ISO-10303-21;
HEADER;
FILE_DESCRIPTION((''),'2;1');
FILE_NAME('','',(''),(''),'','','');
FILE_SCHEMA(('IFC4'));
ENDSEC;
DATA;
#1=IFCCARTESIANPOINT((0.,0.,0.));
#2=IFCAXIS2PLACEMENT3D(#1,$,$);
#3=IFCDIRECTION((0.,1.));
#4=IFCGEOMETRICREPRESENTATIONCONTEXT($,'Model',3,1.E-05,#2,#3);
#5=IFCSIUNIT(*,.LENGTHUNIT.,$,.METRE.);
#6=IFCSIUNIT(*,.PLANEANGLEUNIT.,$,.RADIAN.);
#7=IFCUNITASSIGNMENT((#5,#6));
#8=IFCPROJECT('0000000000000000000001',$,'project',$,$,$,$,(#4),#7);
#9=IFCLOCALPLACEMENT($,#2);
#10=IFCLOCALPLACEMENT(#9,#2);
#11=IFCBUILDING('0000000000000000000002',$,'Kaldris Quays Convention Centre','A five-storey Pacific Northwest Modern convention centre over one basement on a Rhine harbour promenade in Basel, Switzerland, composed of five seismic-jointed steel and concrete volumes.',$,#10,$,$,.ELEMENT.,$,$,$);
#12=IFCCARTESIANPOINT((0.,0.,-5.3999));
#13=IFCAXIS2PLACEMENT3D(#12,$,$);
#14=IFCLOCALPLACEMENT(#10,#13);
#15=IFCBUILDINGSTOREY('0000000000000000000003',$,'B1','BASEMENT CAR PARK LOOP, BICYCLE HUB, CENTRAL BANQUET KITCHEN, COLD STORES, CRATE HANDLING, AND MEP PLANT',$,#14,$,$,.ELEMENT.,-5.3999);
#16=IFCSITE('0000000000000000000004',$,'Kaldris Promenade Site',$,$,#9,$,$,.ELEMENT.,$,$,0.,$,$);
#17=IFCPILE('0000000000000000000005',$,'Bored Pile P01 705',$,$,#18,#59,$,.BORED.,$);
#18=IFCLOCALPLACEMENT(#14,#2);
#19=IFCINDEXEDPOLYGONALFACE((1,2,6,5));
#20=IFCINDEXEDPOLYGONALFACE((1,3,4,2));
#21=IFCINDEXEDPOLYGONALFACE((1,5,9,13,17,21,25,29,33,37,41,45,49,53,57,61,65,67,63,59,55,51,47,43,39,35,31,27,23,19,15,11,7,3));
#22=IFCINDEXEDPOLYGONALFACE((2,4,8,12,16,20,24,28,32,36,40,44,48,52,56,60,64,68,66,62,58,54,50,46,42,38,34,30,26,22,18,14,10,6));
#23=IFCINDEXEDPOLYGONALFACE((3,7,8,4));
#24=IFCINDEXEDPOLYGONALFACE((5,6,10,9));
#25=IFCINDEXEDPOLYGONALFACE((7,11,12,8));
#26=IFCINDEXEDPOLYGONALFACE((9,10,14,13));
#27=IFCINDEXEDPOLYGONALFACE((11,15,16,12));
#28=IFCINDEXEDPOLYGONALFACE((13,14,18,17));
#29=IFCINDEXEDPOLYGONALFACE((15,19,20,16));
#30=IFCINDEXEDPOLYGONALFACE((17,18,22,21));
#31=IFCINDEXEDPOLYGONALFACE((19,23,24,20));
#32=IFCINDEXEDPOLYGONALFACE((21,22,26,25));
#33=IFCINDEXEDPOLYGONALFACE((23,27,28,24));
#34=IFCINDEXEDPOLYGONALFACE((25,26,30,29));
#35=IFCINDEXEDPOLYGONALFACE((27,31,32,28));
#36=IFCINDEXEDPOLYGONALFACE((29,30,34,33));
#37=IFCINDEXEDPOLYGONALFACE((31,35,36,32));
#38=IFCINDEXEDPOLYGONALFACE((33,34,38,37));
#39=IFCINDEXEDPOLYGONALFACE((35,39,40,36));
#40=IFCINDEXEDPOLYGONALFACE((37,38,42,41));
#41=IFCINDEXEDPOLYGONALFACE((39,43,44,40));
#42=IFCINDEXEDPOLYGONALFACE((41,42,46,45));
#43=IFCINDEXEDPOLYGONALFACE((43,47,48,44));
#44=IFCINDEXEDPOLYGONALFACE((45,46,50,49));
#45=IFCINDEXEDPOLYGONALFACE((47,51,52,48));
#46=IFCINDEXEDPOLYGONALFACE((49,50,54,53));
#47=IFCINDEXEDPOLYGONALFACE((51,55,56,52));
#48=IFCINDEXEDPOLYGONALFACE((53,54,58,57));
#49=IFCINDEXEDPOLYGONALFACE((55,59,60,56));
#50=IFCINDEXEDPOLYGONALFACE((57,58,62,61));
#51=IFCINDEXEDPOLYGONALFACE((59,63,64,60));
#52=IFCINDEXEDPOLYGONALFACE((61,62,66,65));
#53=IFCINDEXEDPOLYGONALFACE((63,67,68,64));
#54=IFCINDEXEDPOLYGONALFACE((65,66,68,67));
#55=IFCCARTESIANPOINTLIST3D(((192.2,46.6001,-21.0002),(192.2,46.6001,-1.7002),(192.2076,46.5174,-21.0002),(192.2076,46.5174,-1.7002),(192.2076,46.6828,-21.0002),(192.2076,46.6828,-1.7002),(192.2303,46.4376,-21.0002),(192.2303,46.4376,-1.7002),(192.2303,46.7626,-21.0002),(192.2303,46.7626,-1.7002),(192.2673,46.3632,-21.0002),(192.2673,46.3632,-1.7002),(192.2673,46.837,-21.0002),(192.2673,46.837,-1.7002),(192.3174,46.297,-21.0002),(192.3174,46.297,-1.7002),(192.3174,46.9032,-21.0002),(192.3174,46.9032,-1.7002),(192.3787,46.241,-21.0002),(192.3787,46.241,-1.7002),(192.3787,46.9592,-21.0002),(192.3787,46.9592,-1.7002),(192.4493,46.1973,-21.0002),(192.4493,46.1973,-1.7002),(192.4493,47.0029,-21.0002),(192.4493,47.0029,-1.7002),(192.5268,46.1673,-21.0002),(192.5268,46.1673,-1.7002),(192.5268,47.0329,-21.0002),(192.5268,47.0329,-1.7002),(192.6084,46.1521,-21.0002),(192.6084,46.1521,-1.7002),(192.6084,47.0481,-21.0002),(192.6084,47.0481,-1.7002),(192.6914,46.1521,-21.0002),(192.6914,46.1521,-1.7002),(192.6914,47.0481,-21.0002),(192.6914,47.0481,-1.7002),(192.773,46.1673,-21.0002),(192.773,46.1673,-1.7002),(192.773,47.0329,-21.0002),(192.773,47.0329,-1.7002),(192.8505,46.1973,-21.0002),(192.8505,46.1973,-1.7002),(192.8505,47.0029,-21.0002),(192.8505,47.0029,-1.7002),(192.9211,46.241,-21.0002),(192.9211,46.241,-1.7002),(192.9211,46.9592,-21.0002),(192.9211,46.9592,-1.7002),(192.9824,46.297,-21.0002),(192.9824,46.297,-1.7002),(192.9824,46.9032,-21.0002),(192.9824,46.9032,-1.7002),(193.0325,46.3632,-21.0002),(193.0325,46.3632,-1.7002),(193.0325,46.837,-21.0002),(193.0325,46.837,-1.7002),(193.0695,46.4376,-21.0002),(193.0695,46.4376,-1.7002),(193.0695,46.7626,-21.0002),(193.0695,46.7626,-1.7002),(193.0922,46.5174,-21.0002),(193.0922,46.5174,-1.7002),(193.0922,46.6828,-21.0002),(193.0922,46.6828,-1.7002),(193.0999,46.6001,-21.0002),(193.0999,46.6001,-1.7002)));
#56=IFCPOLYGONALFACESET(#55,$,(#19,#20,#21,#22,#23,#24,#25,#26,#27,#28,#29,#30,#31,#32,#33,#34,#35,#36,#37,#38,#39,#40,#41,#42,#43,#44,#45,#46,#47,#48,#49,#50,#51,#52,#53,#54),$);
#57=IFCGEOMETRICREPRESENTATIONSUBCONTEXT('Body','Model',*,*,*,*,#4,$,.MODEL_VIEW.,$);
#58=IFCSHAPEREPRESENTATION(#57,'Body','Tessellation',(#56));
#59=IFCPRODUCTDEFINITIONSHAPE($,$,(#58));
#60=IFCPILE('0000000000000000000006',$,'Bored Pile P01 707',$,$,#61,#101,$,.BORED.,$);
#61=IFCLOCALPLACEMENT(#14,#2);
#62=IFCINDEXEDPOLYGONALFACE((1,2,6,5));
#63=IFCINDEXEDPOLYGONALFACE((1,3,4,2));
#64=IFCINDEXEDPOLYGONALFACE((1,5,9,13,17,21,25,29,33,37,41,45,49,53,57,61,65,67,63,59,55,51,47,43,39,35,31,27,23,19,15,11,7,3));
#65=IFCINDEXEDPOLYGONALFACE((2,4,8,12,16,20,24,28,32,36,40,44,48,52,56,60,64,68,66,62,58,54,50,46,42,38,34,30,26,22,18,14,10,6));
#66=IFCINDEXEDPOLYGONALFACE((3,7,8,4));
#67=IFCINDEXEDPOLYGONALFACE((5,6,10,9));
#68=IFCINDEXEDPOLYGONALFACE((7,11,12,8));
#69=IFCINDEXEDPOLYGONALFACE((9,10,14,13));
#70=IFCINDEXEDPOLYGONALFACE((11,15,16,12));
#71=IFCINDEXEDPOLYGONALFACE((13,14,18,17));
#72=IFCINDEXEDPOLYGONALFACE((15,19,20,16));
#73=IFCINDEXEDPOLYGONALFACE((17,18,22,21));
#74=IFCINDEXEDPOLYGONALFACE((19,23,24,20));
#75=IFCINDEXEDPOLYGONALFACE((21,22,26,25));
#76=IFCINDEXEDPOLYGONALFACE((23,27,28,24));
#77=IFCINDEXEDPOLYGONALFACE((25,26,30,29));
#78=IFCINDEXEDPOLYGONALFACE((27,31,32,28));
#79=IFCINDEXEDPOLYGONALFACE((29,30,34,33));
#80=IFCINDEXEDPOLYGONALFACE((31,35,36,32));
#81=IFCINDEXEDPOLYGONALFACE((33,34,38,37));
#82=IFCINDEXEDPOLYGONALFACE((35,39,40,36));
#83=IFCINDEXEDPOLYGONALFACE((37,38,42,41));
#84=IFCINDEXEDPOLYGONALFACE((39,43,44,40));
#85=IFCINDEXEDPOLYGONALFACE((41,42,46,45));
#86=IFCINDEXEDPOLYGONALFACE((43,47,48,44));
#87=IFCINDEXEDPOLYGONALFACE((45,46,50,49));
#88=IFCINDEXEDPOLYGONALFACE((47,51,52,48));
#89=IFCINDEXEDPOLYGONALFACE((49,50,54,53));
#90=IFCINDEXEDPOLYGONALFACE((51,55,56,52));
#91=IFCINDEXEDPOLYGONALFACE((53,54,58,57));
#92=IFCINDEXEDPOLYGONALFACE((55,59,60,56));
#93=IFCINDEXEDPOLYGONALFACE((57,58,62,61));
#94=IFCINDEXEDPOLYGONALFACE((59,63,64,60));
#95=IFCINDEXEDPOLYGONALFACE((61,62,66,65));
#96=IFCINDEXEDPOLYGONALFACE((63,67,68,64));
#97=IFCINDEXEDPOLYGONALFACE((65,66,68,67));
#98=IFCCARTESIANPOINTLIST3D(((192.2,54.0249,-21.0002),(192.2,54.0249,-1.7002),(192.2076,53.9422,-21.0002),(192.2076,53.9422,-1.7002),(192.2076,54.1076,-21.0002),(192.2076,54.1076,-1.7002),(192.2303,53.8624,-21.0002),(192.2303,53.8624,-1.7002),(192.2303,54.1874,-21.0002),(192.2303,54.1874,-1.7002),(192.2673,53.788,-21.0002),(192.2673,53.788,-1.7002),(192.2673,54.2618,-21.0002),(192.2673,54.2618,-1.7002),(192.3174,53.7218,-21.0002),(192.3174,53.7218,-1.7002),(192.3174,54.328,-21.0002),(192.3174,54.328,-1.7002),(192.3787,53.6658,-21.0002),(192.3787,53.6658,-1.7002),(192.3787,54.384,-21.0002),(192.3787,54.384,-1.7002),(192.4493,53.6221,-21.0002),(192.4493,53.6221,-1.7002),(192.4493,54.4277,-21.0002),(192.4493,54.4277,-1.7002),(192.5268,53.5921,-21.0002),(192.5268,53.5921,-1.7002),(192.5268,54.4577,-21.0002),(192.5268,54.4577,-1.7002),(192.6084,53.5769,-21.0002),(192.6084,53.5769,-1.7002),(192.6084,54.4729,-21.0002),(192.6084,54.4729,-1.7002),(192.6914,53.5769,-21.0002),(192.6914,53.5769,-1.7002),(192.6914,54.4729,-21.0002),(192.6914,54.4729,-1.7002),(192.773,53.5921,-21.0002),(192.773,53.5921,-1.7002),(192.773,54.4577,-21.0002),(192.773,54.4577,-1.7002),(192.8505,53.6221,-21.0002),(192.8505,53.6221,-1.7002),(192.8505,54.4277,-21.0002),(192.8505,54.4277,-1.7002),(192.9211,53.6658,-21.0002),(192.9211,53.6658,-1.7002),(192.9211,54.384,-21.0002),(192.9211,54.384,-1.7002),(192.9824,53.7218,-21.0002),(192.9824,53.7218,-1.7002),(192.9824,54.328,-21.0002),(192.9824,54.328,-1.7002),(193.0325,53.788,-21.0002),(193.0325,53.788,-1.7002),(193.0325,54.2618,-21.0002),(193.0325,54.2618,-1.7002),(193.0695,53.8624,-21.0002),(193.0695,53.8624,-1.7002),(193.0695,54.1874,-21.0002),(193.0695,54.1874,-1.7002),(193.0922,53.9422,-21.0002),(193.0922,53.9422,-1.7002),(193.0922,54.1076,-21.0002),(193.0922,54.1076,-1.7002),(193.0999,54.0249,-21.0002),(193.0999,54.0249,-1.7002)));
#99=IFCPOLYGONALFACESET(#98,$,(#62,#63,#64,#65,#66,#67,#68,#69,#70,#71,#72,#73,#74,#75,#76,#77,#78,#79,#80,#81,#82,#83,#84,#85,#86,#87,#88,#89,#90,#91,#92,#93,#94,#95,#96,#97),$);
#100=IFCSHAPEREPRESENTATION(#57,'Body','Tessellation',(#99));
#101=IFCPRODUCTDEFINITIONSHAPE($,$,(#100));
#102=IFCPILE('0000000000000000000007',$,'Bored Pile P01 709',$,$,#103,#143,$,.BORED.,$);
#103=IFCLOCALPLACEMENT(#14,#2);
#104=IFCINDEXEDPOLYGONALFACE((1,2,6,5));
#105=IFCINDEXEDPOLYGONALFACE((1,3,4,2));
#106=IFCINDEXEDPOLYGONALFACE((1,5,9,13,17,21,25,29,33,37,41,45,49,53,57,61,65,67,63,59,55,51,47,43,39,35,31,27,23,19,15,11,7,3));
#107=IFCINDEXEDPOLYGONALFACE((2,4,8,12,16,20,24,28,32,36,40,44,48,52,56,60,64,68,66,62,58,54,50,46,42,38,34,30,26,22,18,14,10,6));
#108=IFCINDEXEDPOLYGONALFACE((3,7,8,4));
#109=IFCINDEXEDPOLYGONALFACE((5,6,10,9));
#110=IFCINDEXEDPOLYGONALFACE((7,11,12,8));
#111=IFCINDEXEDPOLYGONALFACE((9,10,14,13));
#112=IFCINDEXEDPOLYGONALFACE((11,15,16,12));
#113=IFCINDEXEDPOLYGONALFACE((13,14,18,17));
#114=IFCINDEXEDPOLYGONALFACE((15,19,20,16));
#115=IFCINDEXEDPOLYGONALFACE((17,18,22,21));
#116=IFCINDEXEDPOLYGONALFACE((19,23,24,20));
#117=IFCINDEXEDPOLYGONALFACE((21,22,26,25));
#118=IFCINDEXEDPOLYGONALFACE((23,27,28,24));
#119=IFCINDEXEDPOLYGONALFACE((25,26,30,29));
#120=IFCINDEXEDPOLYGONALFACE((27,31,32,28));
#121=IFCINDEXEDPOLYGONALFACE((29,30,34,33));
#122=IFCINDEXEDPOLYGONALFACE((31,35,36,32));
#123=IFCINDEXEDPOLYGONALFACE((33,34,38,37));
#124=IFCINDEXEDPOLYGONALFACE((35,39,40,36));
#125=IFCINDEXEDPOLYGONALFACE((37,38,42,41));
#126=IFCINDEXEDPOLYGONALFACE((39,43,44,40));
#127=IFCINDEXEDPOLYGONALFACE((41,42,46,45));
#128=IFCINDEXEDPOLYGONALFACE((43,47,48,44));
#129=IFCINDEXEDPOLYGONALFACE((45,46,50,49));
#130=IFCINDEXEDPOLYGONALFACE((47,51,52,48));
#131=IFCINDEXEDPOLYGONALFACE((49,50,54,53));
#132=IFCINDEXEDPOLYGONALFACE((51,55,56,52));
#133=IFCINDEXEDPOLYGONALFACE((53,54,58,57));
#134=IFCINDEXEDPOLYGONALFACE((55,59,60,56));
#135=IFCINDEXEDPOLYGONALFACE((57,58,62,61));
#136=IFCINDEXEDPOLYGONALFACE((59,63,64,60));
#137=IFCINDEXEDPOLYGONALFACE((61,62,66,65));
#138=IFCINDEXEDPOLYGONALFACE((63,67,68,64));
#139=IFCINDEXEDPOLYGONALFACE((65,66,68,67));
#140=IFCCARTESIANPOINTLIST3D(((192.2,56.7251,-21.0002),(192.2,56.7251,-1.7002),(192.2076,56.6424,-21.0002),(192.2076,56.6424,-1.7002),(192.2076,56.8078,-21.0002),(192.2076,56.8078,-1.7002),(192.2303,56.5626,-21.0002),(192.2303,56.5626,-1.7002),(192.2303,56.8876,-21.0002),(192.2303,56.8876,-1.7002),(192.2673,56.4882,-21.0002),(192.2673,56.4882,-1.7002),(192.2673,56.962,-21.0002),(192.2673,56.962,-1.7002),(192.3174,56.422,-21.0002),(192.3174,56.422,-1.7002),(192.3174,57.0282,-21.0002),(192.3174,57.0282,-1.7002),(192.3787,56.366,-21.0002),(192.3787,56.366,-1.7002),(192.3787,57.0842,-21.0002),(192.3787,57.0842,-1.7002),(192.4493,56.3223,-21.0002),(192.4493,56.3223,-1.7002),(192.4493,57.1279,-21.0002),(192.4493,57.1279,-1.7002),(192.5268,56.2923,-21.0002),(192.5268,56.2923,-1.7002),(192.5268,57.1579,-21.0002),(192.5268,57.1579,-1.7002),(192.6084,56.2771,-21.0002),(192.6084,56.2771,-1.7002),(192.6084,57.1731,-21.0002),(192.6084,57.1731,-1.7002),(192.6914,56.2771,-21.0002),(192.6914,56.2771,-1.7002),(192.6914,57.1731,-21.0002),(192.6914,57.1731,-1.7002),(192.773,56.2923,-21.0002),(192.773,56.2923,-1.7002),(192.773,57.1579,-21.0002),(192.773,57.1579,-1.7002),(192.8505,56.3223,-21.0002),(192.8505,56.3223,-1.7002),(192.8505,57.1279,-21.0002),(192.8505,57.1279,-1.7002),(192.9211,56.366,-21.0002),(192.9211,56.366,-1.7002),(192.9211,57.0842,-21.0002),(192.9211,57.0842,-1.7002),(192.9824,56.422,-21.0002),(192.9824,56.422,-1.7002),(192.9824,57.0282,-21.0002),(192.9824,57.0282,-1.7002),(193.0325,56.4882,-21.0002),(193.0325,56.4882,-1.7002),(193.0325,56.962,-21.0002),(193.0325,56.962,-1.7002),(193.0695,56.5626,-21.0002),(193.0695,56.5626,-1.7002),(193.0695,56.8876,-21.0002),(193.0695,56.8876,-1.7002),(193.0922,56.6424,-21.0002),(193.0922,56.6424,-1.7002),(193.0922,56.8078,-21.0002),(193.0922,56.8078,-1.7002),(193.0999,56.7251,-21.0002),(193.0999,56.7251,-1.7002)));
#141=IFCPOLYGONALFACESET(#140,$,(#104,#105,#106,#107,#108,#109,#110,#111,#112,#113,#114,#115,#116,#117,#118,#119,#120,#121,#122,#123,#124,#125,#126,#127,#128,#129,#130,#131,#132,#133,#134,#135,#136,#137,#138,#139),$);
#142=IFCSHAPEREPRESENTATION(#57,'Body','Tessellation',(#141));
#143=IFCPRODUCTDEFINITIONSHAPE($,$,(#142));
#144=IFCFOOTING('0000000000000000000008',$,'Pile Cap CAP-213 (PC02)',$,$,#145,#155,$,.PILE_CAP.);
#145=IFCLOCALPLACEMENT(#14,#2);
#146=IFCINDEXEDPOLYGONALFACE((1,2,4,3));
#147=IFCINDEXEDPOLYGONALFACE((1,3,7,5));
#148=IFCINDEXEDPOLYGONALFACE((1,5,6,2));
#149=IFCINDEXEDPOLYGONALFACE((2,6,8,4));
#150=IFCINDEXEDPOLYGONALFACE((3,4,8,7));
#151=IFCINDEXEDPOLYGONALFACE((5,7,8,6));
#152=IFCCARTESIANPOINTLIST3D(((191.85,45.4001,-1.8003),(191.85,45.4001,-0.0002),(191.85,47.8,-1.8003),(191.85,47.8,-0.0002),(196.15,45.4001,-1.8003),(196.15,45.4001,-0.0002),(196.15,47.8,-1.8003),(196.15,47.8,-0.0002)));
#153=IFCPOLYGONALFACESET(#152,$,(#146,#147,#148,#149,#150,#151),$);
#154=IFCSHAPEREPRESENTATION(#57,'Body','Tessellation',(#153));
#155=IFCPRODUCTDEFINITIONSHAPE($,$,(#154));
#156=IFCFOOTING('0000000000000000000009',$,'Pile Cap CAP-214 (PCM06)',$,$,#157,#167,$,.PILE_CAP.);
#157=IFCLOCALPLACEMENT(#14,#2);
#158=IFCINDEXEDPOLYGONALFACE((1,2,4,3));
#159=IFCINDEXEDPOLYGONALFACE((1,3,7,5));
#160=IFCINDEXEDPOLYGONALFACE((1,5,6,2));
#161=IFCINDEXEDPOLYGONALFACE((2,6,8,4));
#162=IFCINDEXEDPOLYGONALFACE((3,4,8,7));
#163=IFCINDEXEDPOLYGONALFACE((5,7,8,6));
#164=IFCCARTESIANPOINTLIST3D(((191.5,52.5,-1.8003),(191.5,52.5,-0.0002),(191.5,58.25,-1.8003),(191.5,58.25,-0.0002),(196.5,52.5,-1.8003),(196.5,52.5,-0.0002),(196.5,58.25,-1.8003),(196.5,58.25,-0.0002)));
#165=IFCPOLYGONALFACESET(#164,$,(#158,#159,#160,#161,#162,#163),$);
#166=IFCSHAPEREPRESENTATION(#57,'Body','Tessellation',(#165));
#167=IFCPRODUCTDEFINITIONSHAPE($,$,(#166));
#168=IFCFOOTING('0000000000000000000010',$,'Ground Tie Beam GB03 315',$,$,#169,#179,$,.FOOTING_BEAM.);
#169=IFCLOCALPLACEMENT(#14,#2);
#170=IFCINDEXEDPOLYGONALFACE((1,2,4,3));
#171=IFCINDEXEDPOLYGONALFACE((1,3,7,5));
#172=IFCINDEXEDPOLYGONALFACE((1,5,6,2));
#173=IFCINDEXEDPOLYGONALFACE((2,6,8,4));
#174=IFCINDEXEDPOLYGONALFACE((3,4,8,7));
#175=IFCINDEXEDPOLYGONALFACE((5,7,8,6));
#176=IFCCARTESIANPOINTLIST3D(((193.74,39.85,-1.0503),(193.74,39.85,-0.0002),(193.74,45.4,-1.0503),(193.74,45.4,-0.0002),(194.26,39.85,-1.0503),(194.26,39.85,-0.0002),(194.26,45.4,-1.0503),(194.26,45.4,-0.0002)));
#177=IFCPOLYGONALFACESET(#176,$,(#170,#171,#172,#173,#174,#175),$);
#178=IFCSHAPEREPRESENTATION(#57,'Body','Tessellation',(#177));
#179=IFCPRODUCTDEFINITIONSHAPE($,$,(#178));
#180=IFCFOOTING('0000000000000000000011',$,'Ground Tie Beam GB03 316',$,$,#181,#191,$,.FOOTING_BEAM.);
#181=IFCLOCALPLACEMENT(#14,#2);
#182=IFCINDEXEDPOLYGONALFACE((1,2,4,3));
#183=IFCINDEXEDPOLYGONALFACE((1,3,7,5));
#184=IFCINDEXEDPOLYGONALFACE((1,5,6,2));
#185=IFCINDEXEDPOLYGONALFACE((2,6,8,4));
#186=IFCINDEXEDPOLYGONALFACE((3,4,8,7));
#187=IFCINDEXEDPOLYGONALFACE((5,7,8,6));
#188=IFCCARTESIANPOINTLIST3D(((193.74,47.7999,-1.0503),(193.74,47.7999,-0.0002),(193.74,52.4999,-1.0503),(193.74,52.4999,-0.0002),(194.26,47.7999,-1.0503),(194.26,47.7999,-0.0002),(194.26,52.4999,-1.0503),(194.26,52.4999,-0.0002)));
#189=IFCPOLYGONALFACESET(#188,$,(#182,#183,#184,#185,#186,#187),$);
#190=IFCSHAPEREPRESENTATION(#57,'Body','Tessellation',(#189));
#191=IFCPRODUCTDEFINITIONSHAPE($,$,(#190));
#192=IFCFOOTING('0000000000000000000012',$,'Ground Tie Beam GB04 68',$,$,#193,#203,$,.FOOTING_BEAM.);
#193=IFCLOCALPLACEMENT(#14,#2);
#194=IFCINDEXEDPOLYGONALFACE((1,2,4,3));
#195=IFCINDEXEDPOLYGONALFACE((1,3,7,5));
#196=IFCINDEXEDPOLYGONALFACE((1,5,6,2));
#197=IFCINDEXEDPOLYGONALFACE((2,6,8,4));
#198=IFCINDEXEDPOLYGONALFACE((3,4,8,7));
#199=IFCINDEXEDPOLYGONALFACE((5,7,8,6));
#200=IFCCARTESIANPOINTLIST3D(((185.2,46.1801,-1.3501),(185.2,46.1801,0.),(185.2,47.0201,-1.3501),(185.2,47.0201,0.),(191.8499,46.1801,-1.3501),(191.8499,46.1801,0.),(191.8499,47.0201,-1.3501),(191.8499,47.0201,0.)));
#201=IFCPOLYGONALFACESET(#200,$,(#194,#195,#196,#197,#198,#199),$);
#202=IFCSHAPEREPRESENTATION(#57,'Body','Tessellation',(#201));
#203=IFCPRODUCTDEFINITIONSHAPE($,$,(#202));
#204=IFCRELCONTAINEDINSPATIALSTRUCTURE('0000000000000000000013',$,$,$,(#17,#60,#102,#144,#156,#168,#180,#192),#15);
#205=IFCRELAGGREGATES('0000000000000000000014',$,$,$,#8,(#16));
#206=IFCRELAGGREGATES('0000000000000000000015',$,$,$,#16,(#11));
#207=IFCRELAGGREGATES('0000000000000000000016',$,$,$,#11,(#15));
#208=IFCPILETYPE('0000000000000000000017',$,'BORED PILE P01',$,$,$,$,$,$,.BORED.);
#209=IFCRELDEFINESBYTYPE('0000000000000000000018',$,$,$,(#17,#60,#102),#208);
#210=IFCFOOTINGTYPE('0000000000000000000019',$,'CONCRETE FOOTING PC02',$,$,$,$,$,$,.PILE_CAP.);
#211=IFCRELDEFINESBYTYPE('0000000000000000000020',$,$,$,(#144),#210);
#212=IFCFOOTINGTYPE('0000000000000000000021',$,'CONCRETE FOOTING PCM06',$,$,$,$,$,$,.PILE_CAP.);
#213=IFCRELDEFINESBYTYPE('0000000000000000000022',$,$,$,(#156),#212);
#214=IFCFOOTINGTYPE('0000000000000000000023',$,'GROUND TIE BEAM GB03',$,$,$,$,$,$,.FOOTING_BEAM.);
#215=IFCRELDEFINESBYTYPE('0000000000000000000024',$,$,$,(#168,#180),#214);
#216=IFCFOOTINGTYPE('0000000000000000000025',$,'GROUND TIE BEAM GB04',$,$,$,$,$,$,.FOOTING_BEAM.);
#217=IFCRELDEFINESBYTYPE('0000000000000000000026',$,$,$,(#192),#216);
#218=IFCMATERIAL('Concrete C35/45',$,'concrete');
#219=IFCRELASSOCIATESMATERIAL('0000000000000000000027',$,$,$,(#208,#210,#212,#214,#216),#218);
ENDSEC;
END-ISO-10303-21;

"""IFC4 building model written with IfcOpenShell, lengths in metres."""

from ifc_helpers import new_model, si_unit, direction, frame, origin, origin_2d, place, context, subcontext, project, spatial, rectangle, circle, extrude, material, material_profile, profile_set, type_object, element, save


model = new_model("IFC4")

# Units and contexts
model_context = context("Model", 3, precision=1e-05, world=origin(), true_north=direction((0.0, 1.0)))
body_context = subcontext(model_context, "Body", "Model", "MODEL_VIEW")
ifc_project = project(units=[si_unit("LENGTHUNIT", "METRE"), si_unit("PLANEANGLEUNIT", "RADIAN")], contexts=[model_context])

# Site, building, storey
site_placement = place(None, origin())
site = spatial("IfcSite", under=ifc_project, at=site_placement, Name="Kaldris Promenade Site", CompositionType="ELEMENT", RefElevation=0.0)
building_placement = place(site_placement, origin())
building = spatial("IfcBuilding", under=site, at=building_placement, Name="Kaldris Quays Convention Centre", Description="A five-storey Pacific Northwest Modern convention centre over one basement on a Rhine harbour promenade in Basel, Switzerland, composed of five seismic-jointed steel and concrete volumes.", CompositionType="ELEMENT")
storey_placement = place(building_placement, frame((0.0, 0.0, -5.3999)))
storey = spatial("IfcBuildingStorey", under=building, at=storey_placement, Name="B1", Description="BASEMENT CAR PARK LOOP, BICYCLE HUB, CENTRAL BANQUET KITCHEN, COLD STORES, CRATE HANDLING, AND MEP PLANT", CompositionType="ELEMENT", Elevation=-5.3999)

# Piles
ifc_material_1 = material(Name="Concrete C35/45", Category="concrete")
ifc_material_profile_1 = material_profile(ifc_material_1, circle(Radius=0.45, at=origin_2d()), Name="BORED PILE D900")
ifc_profile_set_1 = profile_set([ifc_material_profile_1], Name="Concrete C35/45")
pile_type = type_object("IfcPileType", Name="BORED PILE P01", PredefinedType="BORED", material=ifc_profile_set_1)
for number, where, z_axis, x_axis, name in (
    (1, (192.6499, 46.6001, -1.7002), (0.0, 0.0, -1.0), (1.0, 0.0, 0.0), "Bored Pile P01 705"),
    (2, (192.6499, 54.0249, -1.7002), (0.0, 0.0, -1.0), (1.0, 0.0, 0.0), "Bored Pile P01 707"),
    (3, (192.6499, 56.7251, -1.7002), (0.0, 0.0, -1.0), (1.0, 0.0, 0.0), "Bored Pile P01 709"),
):
    element("IfcPile", number, at=place(storey_placement, frame(where, z_axis=z_axis, x_axis=x_axis)), inside=storey, type_object=pile_type, Name=name, PredefinedType="BORED", context=body_context, shape_type="SweptSolid", body=[
        extrude(circle(Radius=0.45, at=origin_2d()), origin(), (0.0, 0.0, 1.0), 19.3),
    ])

# Footings
footing_type_1 = type_object("IfcFootingType", Name="CONCRETE FOOTING PC02", PredefinedType="PILE_CAP", material=ifc_material_1)
footing_1_placement = place(storey_placement, frame((194.0, 46.6001, -1.8003), z_axis=(0.0, 0.0, 1.0), x_axis=(1.0, 0.0, 0.0)))
element("IfcFooting", 4, at=footing_1_placement, inside=storey, type_object=footing_type_1, Name="Pile Cap CAP-213 (PC02)", PredefinedType="PILE_CAP", context=body_context, shape_type="SweptSolid", body=[
    extrude(rectangle(XDim=4.3, YDim=2.3999, at=origin_2d()), origin(), (0.0, 0.0, 1.0), 1.8),
])
footing_type_2 = type_object("IfcFootingType", Name="CONCRETE FOOTING PCM06", PredefinedType="PILE_CAP", material=ifc_material_1)
footing_2_placement = place(storey_placement, frame((194.0, 55.375, -1.8003), z_axis=(0.0, 0.0, 1.0), x_axis=(1.0, 0.0, 0.0)))
element("IfcFooting", 5, at=footing_2_placement, inside=storey, type_object=footing_type_2, Name="Pile Cap CAP-214 (PCM06)", PredefinedType="PILE_CAP", context=body_context, shape_type="SweptSolid", body=[
    extrude(rectangle(XDim=5.0, YDim=5.75, at=origin_2d()), origin(), (0.0, 0.0, 1.0), 1.8),
])
footing_type_3 = type_object("IfcFootingType", Name="GROUND TIE BEAM GB03", PredefinedType="FOOTING_BEAM", material=ifc_material_1)
footing_3_placement = place(storey_placement, frame((194.0, 42.625, -1.0503), z_axis=(0.0, 0.0, 1.0), x_axis=(1.0, 0.0, 0.0)))
element("IfcFooting", 6, at=footing_3_placement, inside=storey, type_object=footing_type_3, Name="Ground Tie Beam GB03 315", PredefinedType="FOOTING_BEAM", context=body_context, shape_type="SweptSolid", body=[
    extrude(rectangle(XDim=0.52, YDim=5.55, at=origin_2d()), origin(), (0.0, 0.0, 1.0), 1.05),
])
footing_4_placement = place(storey_placement, frame((194.0, 50.1499, -1.0503), z_axis=(0.0, 0.0, 1.0), x_axis=(1.0, 0.0, 0.0)))
element("IfcFooting", 7, at=footing_4_placement, inside=storey, type_object=footing_type_3, Name="Ground Tie Beam GB03 316", PredefinedType="FOOTING_BEAM", context=body_context, shape_type="SweptSolid", body=[
    extrude(rectangle(XDim=0.52, YDim=4.7, at=origin_2d()), origin(), (0.0, 0.0, 1.0), 1.05),
])
footing_type_4 = type_object("IfcFootingType", Name="GROUND TIE BEAM GB04", PredefinedType="FOOTING_BEAM", material=ifc_material_1)
footing_5_placement = place(storey_placement, frame((188.5249, 46.6001, -1.3501), z_axis=(0.0, 0.0, 1.0), x_axis=(1.0, 0.0, 0.0)))
element("IfcFooting", 8, at=footing_5_placement, inside=storey, type_object=footing_type_4, Name="Ground Tie Beam GB04 68", PredefinedType="FOOTING_BEAM", context=body_context, shape_type="SweptSolid", body=[
    extrude(rectangle(XDim=6.6499, YDim=0.8401, at=origin_2d()), origin(), (0.0, 0.0, 1.0), 1.3501),
])

save(model, "model.ifc")
